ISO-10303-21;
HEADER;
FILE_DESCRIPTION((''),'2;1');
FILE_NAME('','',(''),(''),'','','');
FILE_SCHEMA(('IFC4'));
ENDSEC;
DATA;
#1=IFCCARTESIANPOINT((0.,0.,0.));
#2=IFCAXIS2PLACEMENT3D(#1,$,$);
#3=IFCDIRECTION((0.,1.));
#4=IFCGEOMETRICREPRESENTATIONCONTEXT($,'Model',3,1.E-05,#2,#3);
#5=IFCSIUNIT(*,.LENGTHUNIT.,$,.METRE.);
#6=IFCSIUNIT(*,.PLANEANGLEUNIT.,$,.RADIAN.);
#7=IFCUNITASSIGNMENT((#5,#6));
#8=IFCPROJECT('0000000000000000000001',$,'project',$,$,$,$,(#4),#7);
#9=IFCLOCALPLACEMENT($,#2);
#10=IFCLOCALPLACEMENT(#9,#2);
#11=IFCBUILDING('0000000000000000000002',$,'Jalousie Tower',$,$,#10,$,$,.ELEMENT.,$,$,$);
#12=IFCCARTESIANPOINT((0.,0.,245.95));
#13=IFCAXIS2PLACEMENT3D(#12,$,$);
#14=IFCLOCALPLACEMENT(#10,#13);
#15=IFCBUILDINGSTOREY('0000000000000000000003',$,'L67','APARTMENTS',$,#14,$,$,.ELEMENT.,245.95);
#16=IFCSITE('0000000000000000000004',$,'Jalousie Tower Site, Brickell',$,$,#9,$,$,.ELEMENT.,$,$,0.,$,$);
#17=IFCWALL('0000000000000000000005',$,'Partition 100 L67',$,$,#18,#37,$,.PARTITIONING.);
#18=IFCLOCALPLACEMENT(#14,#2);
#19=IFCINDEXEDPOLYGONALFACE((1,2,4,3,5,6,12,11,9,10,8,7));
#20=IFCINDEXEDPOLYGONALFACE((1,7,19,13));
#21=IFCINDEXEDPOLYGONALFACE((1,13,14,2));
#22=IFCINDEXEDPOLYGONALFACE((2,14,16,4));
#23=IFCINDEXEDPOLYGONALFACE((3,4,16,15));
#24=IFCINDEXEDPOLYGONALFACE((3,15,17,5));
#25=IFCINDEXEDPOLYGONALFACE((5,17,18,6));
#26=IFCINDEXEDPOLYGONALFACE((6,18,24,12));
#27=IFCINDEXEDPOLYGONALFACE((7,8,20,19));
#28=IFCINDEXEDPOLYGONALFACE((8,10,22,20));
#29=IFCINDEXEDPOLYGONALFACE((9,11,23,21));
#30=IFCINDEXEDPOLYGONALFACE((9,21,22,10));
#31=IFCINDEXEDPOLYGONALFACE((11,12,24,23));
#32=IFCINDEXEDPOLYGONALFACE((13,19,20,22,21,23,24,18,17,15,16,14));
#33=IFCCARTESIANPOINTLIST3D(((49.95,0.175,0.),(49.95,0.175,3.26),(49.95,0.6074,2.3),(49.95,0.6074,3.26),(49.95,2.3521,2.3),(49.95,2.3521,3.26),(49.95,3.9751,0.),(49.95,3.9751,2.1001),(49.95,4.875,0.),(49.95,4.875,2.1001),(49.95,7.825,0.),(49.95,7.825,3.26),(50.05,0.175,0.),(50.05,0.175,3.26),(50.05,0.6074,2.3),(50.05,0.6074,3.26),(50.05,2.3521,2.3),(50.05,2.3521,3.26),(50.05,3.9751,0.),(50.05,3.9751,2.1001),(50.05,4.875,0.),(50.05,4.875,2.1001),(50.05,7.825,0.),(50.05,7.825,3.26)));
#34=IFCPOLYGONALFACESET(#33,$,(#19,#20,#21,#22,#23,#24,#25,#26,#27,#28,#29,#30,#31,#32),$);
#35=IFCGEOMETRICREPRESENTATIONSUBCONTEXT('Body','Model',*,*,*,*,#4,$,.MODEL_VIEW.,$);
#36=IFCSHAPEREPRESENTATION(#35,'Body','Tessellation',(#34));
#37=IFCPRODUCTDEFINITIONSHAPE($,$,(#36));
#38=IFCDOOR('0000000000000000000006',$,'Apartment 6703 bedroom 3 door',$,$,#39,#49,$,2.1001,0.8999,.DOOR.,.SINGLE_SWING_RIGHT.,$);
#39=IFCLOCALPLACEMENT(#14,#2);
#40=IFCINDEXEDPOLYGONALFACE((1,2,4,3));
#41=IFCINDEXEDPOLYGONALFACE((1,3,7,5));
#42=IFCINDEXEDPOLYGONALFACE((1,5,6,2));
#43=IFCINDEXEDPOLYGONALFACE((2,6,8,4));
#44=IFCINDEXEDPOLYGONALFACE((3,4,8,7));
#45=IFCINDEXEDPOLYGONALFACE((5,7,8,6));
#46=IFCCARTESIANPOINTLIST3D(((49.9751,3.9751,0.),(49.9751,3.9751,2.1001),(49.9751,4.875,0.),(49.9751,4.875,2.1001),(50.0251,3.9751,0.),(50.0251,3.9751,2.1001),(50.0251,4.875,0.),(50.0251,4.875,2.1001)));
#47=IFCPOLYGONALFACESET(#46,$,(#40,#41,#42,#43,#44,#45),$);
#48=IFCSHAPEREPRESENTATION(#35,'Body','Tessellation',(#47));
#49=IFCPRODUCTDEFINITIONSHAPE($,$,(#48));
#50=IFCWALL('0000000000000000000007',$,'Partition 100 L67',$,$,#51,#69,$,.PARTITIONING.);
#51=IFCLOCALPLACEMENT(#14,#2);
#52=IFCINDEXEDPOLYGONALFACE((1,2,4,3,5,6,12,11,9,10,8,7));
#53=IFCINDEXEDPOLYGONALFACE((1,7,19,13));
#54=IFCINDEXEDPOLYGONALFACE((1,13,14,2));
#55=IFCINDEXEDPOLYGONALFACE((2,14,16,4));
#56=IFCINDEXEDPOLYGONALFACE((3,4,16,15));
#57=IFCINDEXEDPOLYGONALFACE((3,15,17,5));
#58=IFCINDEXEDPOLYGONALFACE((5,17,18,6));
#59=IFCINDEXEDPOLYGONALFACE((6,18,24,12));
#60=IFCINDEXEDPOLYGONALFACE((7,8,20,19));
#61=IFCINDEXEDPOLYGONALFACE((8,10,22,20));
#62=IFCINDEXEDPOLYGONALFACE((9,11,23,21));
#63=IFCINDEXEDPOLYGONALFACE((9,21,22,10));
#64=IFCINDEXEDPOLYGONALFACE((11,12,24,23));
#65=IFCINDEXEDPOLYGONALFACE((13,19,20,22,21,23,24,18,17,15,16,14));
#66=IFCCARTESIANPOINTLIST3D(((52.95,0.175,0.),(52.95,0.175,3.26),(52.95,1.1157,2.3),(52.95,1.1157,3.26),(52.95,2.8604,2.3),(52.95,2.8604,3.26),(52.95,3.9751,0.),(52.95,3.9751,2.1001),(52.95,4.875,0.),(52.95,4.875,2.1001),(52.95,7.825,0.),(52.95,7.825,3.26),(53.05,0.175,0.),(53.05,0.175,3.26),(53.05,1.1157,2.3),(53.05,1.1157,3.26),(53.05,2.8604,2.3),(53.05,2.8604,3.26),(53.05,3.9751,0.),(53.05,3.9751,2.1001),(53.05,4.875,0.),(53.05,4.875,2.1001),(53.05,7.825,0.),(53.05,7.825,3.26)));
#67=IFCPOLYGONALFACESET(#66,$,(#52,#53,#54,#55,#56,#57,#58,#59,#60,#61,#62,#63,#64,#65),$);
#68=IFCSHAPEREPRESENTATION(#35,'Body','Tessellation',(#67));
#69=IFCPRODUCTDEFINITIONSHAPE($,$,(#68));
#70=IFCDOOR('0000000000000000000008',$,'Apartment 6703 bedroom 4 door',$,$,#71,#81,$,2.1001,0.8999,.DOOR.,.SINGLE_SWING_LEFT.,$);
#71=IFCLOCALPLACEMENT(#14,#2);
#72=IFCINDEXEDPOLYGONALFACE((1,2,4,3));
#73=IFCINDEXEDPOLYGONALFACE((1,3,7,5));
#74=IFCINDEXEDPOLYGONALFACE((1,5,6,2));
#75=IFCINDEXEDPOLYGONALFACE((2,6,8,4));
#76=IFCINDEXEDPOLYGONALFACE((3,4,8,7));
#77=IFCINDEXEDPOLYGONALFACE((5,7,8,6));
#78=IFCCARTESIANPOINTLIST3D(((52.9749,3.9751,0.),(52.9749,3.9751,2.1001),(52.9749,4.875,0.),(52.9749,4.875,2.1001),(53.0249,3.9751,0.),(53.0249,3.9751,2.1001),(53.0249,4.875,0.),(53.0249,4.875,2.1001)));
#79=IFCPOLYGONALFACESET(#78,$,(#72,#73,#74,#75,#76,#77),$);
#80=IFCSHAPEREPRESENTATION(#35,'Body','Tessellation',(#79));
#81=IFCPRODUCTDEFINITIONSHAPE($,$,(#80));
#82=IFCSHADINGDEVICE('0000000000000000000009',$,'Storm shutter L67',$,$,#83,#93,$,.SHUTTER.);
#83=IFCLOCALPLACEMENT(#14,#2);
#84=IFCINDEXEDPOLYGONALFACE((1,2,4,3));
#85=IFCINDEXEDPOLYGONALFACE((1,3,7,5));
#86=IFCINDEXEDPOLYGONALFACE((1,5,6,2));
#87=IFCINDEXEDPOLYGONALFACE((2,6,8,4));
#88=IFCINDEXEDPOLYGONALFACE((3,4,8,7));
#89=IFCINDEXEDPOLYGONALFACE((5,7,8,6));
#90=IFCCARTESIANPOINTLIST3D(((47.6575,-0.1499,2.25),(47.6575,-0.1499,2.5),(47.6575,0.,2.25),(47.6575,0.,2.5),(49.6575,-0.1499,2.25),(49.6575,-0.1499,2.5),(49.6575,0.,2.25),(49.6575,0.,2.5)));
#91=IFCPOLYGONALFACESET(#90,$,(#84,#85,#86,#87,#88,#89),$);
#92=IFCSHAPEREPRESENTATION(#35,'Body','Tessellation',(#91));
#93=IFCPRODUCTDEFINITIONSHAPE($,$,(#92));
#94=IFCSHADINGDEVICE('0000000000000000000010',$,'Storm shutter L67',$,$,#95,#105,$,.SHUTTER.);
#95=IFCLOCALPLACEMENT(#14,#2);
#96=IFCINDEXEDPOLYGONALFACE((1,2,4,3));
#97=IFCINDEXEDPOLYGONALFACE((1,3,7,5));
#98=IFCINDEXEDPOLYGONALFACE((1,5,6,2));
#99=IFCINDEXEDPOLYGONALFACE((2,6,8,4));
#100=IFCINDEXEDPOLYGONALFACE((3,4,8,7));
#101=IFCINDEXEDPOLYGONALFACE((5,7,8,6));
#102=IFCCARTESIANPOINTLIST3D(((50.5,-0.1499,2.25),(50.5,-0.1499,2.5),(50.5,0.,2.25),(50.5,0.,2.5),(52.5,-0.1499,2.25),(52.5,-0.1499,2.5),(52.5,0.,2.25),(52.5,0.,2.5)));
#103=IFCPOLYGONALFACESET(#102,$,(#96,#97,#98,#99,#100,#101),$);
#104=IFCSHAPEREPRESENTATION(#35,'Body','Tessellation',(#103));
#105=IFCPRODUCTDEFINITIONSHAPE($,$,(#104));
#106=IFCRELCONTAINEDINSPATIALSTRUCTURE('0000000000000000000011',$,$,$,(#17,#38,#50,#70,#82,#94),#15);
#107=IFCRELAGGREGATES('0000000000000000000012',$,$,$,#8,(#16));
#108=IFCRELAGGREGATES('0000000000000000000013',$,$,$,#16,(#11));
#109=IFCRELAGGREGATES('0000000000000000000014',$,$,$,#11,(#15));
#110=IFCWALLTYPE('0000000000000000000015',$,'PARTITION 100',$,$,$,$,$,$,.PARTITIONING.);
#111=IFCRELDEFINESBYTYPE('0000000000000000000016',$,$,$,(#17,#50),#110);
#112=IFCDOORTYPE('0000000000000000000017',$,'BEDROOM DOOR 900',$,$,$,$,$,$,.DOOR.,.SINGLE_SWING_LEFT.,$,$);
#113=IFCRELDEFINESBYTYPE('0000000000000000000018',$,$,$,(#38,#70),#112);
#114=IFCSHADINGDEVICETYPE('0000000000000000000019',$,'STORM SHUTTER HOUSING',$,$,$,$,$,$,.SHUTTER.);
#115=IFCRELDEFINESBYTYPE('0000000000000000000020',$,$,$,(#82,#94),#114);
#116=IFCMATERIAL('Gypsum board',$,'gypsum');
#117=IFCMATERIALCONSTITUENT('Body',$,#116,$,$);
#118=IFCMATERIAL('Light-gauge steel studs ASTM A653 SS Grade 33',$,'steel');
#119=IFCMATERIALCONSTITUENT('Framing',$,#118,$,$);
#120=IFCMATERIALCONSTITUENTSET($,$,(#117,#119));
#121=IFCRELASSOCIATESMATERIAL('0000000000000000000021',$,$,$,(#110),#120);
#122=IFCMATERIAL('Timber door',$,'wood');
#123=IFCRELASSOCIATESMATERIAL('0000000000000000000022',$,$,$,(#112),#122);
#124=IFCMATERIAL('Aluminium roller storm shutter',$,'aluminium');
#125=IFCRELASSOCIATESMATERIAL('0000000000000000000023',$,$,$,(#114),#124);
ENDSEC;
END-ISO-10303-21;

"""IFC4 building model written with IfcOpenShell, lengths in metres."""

from ifc_helpers import new_model, si_unit, direction, frame, frame_2d, origin, origin_2d, place, context, subcontext, project, spatial, polyline, rectangle, outline, extrude, material, constituent, constituent_set, type_object, element, fill, save


model = new_model("IFC4")

# Units and contexts
model_context = context("Model", 3, precision=1e-05, world=origin(), true_north=direction((0.0, 1.0)))
body_context = subcontext(model_context, "Body", "Model", "MODEL_VIEW")
ifc_project = project(units=[si_unit("LENGTHUNIT", "METRE"), si_unit("PLANEANGLEUNIT", "RADIAN")], contexts=[model_context])

# Site, building, storey
site_placement = place(None, origin())
site = spatial("IfcSite", under=ifc_project, at=site_placement, Name="Jalousie Tower Site, Brickell", CompositionType="ELEMENT", RefElevation=0.0)
building_placement = place(site_placement, origin())
building = spatial("IfcBuilding", under=site, at=building_placement, Name="Jalousie Tower", CompositionType="ELEMENT")
storey_placement = place(building_placement, frame((0.0, 0.0, 245.95)))
storey = spatial("IfcBuildingStorey", under=building, at=storey_placement, Name="L67", Description="APARTMENTS", CompositionType="ELEMENT", Elevation=245.95)

# Walls, openings, doors
ifc_material_1 = material(Name="Gypsum board", Category="gypsum")
ifc_constituent_1 = constituent(ifc_material_1, Name="Body")
ifc_material_2 = material(Name="Light-gauge steel studs ASTM A653 SS Grade 33", Category="steel")
ifc_constituent_2 = constituent(ifc_material_2, Name="Framing")
ifc_constituent_set_1 = constituent_set(constituents=[ifc_constituent_1, ifc_constituent_2])
wall_type_1 = type_object("IfcWallType", Name="PARTITION 100", PredefinedType="PARTITIONING", material=ifc_constituent_set_1)
wall_1_placement = place(storey_placement, frame((50.0, 0.175, 0.0), z_axis=(0.0, 0.0, 1.0), x_axis=(0.0, 1.0, 0.0)))
wall_1 = element("IfcWall", 1, at=wall_1_placement, inside=storey, type_object=wall_type_1, Name="Partition 100 L67", PredefinedType="PARTITIONING", context=body_context, shape_type="SweptSolid", body=[
    extrude(outline(polyline([(0.0, 0.0), (7.6499, 0.0), (7.6499, 3.26), (2.177, 3.26), (2.177, 2.3), (0.4324, 2.3), (0.4324, 3.26), (0.0, 3.26), (0.0, 0.0)])), frame((0.0, 0.05, 0.0), z_axis=(0.0, -1.0, 0.0), x_axis=(1.0, 0.0, 0.0)), (0.0, 0.0, 1.0), 0.1001),
])
opening_1_placement = place(wall_1_placement, frame((3.8, 0.0, 0.0)))
opening_1 = element("IfcOpeningElement", 2, at=opening_1_placement, cuts=wall_1, PredefinedType="OPENING", context=body_context, shape_type="SweptSolid", body=[
    extrude(rectangle(XDim=0.8999, YDim=2.1001, at=frame_2d((0.45, 1.05))), frame((0.0, 0.0601, 0.0), z_axis=(0.0, -1.0, 0.0), x_axis=(1.0, 0.0, 0.0)), (0.0, 0.0, 1.0), 0.1201),
])
ifc_material_3 = material(Name="Timber door", Category="wood")
door_type = type_object("IfcDoorType", Name="BEDROOM DOOR 900", OperationType="SINGLE_SWING_LEFT", PredefinedType="DOOR", material=ifc_material_3)
door_1_placement = place(opening_1_placement, origin())
door_1 = element("IfcDoor", 3, at=door_1_placement, inside=storey, type_object=door_type, Name="Apartment 6703 bedroom 3 door", OperationType="SINGLE_SWING_RIGHT", OverallHeight=2.1001, OverallWidth=0.8999, PredefinedType="DOOR", context=body_context, shape_type="SweptSolid", body=[
    extrude(rectangle(XDim=0.8999, YDim=2.1001, at=frame_2d((0.45, 1.05))), frame((0.0, 0.0249, 0.0), z_axis=(0.0, -1.0, 0.0), x_axis=(1.0, 0.0, 0.0)), (0.0, 0.0, 1.0), 0.05),
])
fill(opening_1, door_1)
wall_2_placement = place(storey_placement, frame((53.0, 0.175, 0.0), z_axis=(0.0, 0.0, 1.0), x_axis=(0.0, 1.0, 0.0)))
wall_2 = element("IfcWall", 4, at=wall_2_placement, inside=storey, type_object=wall_type_1, Name="Partition 100 L67", PredefinedType="PARTITIONING", context=body_context, shape_type="SweptSolid", body=[
    extrude(outline(polyline([(0.0, 0.0), (7.6499, 0.0), (7.6499, 3.26), (2.6853, 3.26), (2.6853, 2.3), (0.9407, 2.3), (0.9407, 3.26), (0.0, 3.26), (0.0, 0.0)])), frame((0.0, 0.05, 0.0), z_axis=(0.0, -1.0, 0.0), x_axis=(1.0, 0.0, 0.0)), (0.0, 0.0, 1.0), 0.1001),
])
opening_2_placement = place(wall_2_placement, frame((3.8, 0.0, 0.0)))
opening_2 = element("IfcOpeningElement", 5, at=opening_2_placement, cuts=wall_2, PredefinedType="OPENING", context=body_context, shape_type="SweptSolid", body=[
    extrude(rectangle(XDim=0.8999, YDim=2.1001, at=frame_2d((0.45, 1.05))), frame((0.0, 0.0601, 0.0), z_axis=(0.0, -1.0, 0.0), x_axis=(1.0, 0.0, 0.0)), (0.0, 0.0, 1.0), 0.1201),
])
door_2_placement = place(opening_2_placement, frame((0.8999, 0.0, 0.0), z_axis=(0.0, 0.0, 1.0), x_axis=(-1.0, 0.0, 0.0)))
door_2 = element("IfcDoor", 6, at=door_2_placement, inside=storey, type_object=door_type, Name="Apartment 6703 bedroom 4 door", OperationType="SINGLE_SWING_LEFT", OverallHeight=2.1001, OverallWidth=0.8999, PredefinedType="DOOR", context=body_context, shape_type="SweptSolid", body=[
    extrude(rectangle(XDim=0.8999, YDim=2.1001, at=frame_2d((0.45, 1.05))), frame((0.0, 0.0249, 0.0), z_axis=(0.0, -1.0, 0.0), x_axis=(1.0, 0.0, 0.0)), (0.0, 0.0, 1.0), 0.05),
])
fill(opening_2, door_2)

# Shading devices
ifc_material_4 = material(Name="Aluminium roller storm shutter", Category="aluminium")
shading_device_type = type_object("IfcShadingDeviceType", Name="STORM SHUTTER HOUSING", PredefinedType="SHUTTER", material=ifc_material_4)
for number, where, z_axis, x_axis, name in (
    (7, (48.6575, -0.075, 2.25), (0.0, 0.0, 1.0), (1.0, 0.0, 0.0), "Storm shutter L67"),
    (8, (51.5, -0.075, 2.25), (0.0, 0.0, 1.0), (1.0, 0.0, 0.0), "Storm shutter L67"),
):
    element("IfcShadingDevice", number, at=place(storey_placement, frame(where, z_axis=z_axis, x_axis=x_axis)), inside=storey, type_object=shading_device_type, Name=name, PredefinedType="SHUTTER", context=body_context, shape_type="SweptSolid", body=[
        extrude(rectangle(XDim=2.0, YDim=0.1499, at=origin_2d()), origin(), (0.0, 0.0, 1.0), 0.25),
    ])

save(model, "model.ifc")
